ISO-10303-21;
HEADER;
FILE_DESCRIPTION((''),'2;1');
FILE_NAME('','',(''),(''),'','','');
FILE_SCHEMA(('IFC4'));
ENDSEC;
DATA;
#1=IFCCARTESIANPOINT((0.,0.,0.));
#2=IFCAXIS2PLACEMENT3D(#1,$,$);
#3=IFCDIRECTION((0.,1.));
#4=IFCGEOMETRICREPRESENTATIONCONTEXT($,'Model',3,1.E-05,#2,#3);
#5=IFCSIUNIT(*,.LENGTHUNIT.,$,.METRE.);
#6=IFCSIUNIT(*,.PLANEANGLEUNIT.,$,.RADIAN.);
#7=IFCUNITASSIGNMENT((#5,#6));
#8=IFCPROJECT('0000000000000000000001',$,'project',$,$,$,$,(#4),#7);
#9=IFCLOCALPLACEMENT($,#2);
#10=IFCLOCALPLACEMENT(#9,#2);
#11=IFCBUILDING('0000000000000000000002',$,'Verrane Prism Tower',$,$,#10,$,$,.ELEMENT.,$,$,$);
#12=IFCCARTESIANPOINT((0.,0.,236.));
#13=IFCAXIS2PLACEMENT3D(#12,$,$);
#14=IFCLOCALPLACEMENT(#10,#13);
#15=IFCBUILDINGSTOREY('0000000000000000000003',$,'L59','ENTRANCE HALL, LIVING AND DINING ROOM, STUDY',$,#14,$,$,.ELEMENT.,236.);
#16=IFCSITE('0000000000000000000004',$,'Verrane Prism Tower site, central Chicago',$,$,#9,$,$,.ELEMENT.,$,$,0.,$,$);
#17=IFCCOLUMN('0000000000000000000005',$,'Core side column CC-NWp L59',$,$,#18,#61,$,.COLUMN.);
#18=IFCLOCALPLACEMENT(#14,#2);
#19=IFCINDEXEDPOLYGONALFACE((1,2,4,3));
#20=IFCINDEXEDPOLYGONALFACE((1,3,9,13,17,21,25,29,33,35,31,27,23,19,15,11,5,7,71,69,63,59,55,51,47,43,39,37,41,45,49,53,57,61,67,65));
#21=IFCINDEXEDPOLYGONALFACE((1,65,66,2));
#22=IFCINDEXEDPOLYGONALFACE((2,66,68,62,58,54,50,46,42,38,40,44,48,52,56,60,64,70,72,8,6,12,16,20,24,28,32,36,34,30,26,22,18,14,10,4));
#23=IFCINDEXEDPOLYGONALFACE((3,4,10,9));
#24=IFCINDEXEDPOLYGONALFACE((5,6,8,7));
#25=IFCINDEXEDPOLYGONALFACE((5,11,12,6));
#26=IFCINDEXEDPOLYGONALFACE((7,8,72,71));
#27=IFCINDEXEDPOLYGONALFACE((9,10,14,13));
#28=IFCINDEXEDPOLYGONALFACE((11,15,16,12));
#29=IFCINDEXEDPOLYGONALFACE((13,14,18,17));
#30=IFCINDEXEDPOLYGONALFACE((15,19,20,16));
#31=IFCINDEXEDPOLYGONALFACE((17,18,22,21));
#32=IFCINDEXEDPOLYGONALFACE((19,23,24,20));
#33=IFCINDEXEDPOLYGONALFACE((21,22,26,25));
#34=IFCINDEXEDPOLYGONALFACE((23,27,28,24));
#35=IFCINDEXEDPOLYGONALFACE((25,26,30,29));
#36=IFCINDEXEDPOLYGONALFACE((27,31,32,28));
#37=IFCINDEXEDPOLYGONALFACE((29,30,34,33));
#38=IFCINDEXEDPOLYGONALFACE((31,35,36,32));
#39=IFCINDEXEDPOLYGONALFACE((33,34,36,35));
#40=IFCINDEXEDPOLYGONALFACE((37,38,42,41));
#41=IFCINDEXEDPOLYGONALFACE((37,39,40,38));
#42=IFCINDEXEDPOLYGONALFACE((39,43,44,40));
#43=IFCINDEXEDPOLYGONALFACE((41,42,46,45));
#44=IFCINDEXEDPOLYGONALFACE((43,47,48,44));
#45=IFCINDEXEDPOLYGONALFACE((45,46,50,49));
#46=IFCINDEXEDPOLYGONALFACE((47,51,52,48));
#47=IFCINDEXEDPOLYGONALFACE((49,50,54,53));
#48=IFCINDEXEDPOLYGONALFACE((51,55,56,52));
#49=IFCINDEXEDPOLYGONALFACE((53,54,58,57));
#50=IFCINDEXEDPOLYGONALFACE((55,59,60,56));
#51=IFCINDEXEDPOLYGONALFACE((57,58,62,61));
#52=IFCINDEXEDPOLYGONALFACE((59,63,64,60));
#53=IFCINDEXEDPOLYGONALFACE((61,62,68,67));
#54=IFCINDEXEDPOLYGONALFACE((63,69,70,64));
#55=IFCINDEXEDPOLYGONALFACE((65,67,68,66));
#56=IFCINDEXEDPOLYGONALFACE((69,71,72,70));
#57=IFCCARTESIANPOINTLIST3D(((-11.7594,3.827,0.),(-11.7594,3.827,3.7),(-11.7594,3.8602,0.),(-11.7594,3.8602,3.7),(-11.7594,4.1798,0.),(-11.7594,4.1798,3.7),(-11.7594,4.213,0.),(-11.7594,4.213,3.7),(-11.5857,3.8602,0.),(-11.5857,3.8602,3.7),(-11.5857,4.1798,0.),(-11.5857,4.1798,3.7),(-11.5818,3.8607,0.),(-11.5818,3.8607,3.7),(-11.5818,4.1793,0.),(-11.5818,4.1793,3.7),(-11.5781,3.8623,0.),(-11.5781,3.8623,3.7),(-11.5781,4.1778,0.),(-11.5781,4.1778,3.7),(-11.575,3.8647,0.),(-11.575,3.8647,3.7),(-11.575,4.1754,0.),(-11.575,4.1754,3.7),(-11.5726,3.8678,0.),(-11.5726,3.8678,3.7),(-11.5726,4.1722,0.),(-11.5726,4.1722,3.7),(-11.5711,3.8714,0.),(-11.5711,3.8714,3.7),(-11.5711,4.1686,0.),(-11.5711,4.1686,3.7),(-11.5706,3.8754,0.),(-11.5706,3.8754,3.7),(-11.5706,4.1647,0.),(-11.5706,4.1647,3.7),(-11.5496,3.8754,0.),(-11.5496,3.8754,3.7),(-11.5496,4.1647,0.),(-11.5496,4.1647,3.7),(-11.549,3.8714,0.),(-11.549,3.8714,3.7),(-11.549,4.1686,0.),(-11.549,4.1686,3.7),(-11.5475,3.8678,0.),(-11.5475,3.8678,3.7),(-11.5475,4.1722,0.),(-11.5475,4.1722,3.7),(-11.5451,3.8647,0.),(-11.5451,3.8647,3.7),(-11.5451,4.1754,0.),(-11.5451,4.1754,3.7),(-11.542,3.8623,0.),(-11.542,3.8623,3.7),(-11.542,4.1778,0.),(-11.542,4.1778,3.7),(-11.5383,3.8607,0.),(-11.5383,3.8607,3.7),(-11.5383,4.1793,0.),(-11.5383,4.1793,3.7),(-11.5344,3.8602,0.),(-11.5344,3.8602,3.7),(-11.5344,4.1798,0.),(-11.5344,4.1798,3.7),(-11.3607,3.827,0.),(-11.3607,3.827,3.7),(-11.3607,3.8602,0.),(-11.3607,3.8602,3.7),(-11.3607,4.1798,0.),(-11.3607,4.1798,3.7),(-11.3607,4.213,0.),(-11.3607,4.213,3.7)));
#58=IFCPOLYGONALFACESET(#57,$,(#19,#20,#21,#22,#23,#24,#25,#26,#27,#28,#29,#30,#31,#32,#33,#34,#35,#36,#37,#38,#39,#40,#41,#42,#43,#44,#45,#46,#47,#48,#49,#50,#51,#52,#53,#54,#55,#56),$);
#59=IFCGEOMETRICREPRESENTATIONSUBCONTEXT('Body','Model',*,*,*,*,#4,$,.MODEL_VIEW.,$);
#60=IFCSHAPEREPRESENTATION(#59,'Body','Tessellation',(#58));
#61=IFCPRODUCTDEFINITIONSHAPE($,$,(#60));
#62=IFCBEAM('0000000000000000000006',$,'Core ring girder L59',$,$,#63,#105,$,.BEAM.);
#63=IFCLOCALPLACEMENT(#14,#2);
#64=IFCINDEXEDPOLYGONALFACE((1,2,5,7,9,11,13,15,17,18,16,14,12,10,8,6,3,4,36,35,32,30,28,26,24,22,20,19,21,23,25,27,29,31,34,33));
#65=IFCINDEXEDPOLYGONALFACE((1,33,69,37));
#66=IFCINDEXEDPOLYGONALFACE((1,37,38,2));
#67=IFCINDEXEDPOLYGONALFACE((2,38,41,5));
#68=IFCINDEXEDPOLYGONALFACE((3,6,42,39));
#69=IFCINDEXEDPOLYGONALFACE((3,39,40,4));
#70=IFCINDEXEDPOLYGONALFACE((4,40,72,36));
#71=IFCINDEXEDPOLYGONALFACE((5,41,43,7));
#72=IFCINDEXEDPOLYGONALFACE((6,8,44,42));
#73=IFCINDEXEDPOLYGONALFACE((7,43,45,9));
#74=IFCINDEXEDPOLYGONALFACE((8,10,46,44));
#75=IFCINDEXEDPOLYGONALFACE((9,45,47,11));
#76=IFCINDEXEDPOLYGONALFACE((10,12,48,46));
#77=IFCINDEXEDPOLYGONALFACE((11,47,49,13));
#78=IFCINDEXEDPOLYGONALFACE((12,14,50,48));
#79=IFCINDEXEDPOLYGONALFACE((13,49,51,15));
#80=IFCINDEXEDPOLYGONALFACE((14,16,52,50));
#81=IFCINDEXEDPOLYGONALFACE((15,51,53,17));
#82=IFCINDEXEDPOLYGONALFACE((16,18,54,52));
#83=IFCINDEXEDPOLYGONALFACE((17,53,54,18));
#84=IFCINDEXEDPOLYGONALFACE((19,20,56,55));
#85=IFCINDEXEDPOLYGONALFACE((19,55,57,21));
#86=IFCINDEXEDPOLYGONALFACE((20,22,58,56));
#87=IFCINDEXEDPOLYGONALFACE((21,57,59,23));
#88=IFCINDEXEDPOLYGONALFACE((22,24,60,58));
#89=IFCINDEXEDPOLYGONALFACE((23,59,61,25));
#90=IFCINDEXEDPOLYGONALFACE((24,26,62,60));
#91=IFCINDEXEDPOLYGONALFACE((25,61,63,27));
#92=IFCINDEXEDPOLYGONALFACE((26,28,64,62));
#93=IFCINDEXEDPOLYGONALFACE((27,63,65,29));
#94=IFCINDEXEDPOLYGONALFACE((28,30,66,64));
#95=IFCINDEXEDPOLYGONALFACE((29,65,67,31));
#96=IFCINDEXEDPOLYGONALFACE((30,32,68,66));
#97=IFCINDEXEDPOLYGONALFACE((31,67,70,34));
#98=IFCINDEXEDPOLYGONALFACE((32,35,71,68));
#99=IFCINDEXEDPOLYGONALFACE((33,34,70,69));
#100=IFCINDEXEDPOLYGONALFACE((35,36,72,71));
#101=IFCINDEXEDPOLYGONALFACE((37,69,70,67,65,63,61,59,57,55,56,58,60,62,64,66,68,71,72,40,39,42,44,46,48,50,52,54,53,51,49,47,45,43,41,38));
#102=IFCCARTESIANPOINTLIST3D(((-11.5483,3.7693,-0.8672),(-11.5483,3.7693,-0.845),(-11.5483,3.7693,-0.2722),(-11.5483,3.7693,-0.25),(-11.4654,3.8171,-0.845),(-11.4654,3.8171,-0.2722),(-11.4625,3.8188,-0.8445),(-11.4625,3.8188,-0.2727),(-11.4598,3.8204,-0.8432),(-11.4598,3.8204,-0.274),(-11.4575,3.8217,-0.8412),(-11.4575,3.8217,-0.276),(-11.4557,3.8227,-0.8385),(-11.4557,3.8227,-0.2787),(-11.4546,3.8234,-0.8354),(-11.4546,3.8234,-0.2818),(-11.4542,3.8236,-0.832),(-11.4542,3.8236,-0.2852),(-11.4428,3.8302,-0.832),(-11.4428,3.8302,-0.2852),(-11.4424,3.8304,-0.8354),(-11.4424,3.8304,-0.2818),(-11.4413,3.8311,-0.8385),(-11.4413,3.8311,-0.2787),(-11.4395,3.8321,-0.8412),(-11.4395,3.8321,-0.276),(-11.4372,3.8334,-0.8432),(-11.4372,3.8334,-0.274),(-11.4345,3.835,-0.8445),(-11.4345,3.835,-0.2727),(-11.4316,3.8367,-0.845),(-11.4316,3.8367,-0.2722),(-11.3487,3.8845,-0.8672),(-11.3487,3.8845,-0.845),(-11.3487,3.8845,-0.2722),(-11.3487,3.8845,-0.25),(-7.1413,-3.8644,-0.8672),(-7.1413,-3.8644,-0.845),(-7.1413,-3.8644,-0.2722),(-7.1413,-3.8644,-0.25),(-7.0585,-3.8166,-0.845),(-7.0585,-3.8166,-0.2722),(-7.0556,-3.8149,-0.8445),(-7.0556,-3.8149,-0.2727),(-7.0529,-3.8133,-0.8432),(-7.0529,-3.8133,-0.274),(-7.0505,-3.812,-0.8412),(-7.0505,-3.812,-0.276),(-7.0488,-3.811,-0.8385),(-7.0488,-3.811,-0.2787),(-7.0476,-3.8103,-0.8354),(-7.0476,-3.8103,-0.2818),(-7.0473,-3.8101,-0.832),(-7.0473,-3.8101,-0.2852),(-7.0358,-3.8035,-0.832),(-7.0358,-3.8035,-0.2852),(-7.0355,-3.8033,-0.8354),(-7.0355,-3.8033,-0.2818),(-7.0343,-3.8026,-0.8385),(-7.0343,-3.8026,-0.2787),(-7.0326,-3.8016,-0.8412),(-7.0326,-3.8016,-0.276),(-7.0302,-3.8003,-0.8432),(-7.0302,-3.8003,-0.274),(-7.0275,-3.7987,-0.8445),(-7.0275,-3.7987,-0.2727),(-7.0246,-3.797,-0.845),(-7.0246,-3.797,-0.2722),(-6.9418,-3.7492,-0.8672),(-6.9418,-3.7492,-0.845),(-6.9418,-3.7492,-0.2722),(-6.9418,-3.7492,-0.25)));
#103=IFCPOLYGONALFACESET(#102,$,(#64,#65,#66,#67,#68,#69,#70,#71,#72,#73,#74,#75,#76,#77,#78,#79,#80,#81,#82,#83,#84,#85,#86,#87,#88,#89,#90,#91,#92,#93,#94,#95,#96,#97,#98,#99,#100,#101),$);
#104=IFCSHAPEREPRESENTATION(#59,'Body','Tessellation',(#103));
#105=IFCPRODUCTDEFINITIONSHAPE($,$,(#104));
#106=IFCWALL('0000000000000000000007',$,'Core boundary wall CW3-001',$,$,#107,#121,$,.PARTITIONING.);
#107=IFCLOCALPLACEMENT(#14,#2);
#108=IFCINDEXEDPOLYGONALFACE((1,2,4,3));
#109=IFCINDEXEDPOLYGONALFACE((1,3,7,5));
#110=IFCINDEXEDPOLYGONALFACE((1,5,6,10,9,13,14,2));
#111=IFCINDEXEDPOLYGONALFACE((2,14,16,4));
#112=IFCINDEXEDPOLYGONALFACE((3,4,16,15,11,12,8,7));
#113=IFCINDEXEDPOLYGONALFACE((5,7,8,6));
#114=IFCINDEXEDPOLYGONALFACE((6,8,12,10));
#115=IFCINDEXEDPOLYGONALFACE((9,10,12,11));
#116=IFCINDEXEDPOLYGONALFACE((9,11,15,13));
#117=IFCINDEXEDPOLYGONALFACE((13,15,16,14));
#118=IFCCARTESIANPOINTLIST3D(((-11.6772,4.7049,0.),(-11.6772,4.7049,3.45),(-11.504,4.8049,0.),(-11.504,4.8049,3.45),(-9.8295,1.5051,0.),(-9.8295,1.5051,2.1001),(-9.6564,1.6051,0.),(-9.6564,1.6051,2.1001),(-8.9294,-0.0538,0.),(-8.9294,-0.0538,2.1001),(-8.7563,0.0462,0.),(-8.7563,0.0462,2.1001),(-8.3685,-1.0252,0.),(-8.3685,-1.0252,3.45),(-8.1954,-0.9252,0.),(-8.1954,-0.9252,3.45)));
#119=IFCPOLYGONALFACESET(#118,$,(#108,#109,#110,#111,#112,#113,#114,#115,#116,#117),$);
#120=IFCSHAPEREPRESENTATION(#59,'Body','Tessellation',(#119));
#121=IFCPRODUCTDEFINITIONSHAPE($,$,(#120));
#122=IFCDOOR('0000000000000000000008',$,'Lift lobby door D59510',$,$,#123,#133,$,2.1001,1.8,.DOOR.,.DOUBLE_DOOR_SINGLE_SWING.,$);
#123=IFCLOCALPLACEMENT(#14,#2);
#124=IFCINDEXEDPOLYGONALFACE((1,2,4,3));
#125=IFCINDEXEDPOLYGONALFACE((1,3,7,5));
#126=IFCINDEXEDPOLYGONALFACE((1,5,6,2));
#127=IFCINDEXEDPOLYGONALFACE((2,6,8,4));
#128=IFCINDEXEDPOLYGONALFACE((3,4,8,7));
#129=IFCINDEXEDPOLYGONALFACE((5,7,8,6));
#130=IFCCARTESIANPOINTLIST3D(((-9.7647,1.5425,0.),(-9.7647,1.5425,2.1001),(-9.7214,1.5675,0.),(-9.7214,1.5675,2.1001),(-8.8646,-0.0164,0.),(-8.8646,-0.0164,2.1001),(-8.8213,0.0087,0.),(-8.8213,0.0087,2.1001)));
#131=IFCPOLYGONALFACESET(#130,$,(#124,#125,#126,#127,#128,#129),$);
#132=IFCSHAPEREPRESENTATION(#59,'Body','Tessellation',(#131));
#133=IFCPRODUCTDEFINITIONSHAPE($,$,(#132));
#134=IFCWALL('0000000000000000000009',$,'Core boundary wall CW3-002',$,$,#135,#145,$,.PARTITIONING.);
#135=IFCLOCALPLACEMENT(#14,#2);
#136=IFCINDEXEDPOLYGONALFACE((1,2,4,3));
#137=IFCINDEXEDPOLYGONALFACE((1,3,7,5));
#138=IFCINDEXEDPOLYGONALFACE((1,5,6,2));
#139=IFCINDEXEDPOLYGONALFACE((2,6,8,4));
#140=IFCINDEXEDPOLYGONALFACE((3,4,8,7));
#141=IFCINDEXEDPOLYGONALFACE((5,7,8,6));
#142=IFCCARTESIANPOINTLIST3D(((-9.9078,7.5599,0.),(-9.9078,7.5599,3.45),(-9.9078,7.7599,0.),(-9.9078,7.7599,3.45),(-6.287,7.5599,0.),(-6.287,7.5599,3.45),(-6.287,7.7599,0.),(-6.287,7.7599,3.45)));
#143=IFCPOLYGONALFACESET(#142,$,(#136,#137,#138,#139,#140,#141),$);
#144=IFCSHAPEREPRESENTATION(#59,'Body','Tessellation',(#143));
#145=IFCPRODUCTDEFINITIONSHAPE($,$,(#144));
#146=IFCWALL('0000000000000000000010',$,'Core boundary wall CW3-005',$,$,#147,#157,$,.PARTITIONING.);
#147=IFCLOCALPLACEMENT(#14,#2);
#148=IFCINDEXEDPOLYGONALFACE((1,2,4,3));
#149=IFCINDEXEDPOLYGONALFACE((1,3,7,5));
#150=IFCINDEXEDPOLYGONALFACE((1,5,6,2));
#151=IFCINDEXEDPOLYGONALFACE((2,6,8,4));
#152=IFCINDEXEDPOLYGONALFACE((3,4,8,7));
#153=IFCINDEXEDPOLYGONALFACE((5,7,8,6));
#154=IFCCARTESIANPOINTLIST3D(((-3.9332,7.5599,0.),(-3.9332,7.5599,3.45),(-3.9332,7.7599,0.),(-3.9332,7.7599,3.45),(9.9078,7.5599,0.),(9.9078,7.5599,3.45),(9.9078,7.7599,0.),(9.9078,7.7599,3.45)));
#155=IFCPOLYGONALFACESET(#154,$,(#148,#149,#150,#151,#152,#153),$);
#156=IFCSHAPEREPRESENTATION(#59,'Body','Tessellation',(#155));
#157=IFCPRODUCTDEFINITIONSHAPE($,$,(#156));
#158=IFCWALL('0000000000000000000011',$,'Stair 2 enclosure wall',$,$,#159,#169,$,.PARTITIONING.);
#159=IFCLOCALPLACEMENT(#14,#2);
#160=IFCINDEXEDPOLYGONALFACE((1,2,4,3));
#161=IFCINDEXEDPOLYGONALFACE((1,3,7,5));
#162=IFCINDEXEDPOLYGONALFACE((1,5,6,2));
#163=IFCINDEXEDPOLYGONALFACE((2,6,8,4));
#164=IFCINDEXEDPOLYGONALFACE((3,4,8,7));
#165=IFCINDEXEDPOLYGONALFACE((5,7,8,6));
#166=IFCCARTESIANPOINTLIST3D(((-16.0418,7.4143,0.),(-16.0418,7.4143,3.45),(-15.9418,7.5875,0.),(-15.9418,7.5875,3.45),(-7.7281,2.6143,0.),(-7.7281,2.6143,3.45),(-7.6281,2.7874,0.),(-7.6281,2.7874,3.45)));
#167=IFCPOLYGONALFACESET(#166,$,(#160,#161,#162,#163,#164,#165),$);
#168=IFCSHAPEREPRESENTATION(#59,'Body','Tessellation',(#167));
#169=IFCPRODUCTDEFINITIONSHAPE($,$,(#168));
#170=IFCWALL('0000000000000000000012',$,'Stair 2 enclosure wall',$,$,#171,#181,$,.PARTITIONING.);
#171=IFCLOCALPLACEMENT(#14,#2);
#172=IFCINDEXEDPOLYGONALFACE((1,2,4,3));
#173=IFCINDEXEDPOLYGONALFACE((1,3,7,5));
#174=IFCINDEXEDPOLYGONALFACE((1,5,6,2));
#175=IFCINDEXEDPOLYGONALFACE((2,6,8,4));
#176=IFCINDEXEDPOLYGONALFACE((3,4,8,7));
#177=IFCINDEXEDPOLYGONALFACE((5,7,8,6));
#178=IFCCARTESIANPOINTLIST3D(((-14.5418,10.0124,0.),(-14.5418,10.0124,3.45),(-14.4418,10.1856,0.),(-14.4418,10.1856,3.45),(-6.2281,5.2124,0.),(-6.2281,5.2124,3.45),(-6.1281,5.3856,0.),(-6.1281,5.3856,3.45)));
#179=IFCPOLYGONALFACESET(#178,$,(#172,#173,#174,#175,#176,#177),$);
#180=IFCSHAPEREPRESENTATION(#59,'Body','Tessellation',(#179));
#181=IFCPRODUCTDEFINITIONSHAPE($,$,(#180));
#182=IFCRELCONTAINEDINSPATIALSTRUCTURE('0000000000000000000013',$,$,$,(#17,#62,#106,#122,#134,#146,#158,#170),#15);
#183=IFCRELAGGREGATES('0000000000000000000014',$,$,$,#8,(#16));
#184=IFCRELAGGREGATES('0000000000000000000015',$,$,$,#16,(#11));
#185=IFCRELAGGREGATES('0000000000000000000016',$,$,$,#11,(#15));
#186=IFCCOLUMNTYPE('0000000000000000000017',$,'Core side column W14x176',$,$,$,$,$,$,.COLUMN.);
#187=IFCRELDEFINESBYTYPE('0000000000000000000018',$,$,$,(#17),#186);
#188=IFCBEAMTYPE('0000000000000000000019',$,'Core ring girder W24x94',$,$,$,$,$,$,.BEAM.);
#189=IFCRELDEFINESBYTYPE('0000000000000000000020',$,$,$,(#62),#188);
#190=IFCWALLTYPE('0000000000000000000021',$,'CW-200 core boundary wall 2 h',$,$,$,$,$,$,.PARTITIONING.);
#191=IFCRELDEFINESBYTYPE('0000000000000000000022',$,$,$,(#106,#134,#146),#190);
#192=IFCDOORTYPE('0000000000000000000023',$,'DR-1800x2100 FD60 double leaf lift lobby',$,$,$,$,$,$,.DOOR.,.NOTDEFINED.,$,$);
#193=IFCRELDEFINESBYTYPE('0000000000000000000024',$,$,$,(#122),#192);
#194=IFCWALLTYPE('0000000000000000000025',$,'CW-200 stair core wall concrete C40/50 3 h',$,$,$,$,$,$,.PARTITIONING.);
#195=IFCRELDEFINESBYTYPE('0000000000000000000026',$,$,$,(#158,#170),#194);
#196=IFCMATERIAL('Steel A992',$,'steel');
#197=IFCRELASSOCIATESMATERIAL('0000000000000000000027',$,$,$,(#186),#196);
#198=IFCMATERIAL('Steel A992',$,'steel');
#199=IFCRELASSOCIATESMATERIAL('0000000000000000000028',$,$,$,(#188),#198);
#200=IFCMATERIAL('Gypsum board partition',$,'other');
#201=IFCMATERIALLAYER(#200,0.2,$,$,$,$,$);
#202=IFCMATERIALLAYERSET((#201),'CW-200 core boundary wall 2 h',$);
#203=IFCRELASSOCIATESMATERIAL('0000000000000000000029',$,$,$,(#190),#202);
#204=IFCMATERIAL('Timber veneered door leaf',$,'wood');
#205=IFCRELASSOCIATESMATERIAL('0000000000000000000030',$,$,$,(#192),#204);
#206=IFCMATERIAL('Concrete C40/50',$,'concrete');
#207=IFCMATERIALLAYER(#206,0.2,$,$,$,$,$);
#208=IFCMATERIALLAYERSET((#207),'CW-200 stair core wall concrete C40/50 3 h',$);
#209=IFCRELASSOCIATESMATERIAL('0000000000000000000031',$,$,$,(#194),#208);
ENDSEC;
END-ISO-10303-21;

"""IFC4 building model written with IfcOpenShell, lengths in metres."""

from ifc_helpers import new_model, si_unit, direction, frame, frame_2d, origin, origin_2d, place, context, subcontext, project, spatial, rectangle, i_section, extrude, material, layer, layer_set, material_profile, profile_set, type_object, element, fill, save


model = new_model("IFC4")

# Units and contexts
model_context = context("Model", 3, precision=1e-05, world=origin(), true_north=direction((0.0, 1.0)))
body_context = subcontext(model_context, "Body", "Model", "MODEL_VIEW")
ifc_project = project(units=[si_unit("LENGTHUNIT", "METRE"), si_unit("PLANEANGLEUNIT", "RADIAN")], contexts=[model_context])

# Site, building, storey
site_placement = place(None, origin())
site = spatial("IfcSite", under=ifc_project, at=site_placement, Name="Verrane Prism Tower site, central Chicago", CompositionType="ELEMENT", RefElevation=0.0)
building_placement = place(site_placement, origin())
building = spatial("IfcBuilding", under=site, at=building_placement, Name="Verrane Prism Tower", CompositionType="ELEMENT")
storey_placement = place(building_placement, frame((0.0, 0.0, 236.0)))
storey = spatial("IfcBuildingStorey", under=building, at=storey_placement, Name="L59", Description="ENTRANCE HALL, LIVING AND DINING ROOM, STUDY", CompositionType="ELEMENT", Elevation=236.0)

# Column
ifc_material_1 = material(Name="Steel A992", Category="steel")
ifc_material_profile_1 = material_profile(ifc_material_1, i_section(OverallWidth=0.3987, OverallDepth=0.386, WebThickness=0.021, FlangeThickness=0.0332, FilletRadius=0.0151, at=origin_2d()), Name="W14x176")
ifc_profile_set_1 = profile_set([ifc_material_profile_1], Name="Steel A992")
column_type = type_object("IfcColumnType", Name="Core side column W14x176", PredefinedType="COLUMN", material=ifc_profile_set_1)
column_placement = place(storey_placement, frame((-11.5601, 4.02, 0.0), z_axis=(0.0, 0.0, 1.0), x_axis=(1.0, 0.0, 0.0)))
element("IfcColumn", 1, at=column_placement, inside=storey, type_object=column_type, Name="Core side column CC-NWp L59", PredefinedType="COLUMN", context=body_context, shape_type="SweptSolid", body=[
    extrude(i_section(OverallWidth=0.3987, OverallDepth=0.386, WebThickness=0.021, FlangeThickness=0.0332, FilletRadius=0.0151, at=origin_2d()), origin(), (0.0, 0.0, 1.0), 3.7),
])

# Beam
ifc_material_2 = material(Name="Steel A992", Category="steel")
ifc_material_profile_2 = material_profile(ifc_material_2, i_section(OverallWidth=0.2305, OverallDepth=0.6172, WebThickness=0.0132, FlangeThickness=0.0222, FilletRadius=0.0129, at=origin_2d()), Name="W24x94")
ifc_profile_set_2 = profile_set([ifc_material_profile_2], Name="Steel A992")
beam_type = type_object("IfcBeamType", Name="Core ring girder W24x94", PredefinedType="BEAM", material=ifc_profile_set_2)
beam_placement = place(storey_placement, frame((-11.4485, 3.8269, -0.5586), z_axis=(0.499967, -0.866044, 0.0), x_axis=(0.866044, 0.499967, 0.0)))
element("IfcBeam", 2, at=beam_placement, inside=storey, type_object=beam_type, Name="Core ring girder L59", PredefinedType="BEAM", context=body_context, shape_type="SweptSolid", body=[
    extrude(i_section(OverallWidth=0.2305, OverallDepth=0.6172, WebThickness=0.0132, FlangeThickness=0.0222, FilletRadius=0.0129, at=origin_2d()), origin(), (0.0, 0.0, 1.0), 8.8145),
])

# Wall, opening, door
ifc_material_3 = material(Name="Gypsum board partition", Category="other")
ifc_layer_1 = layer(ifc_material_3, 0.2)
ifc_layer_set_1 = layer_set([ifc_layer_1], Name="CW-200 core boundary wall 2 h")
wall_type_1 = type_object("IfcWallType", Name="CW-200 core boundary wall 2 h", PredefinedType="PARTITIONING", material=ifc_layer_set_1)
wall_1_placement = place(storey_placement, frame((-11.5906, 4.7549, 0.0), z_axis=(0.0, 0.0, 1.0), x_axis=(0.500044, -0.866, 0.0)))
wall_1 = element("IfcWall", 3, at=wall_1_placement, inside=storey, type_object=wall_type_1, Name="Core boundary wall CW3-001", PredefinedType="PARTITIONING", context=body_context, shape_type="SweptSolid", body=[
    extrude(rectangle(XDim=6.6167, YDim=0.2, at=frame_2d((3.3083, 0.0))), origin(), (0.0, 0.0, 1.0), 3.45),
])
opening_1_placement = place(wall_1_placement, frame((3.6951, 0.0, 0.0)))
opening_1 = element("IfcOpeningElement", 4, at=opening_1_placement, cuts=wall_1, PredefinedType="OPENING", context=body_context, shape_type="SweptSolid", body=[
    extrude(rectangle(XDim=1.8, YDim=2.1001, at=frame_2d((0.8999, 1.05))), frame((0.0, 0.1099, 0.0), z_axis=(0.0, -1.0, 0.0), x_axis=(1.0, 0.0, 0.0)), (0.0, 0.0, 1.0), 0.22),
])
ifc_material_4 = material(Name="Timber veneered door leaf", Category="wood")
door_type_1 = type_object("IfcDoorType", Name="DR-1800x2100 FD60 double leaf lift lobby", OperationType="NOTDEFINED", PredefinedType="DOOR", material=ifc_material_4)
door_1_placement = place(opening_1_placement, origin())
door_1 = element("IfcDoor", 5, at=door_1_placement, inside=storey, type_object=door_type_1, Name="Lift lobby door D59510", OperationType="DOUBLE_DOOR_SINGLE_SWING", OverallHeight=2.1001, OverallWidth=1.8, PredefinedType="DOOR", context=body_context, shape_type="SweptSolid", body=[
    extrude(rectangle(XDim=1.8, YDim=2.1001, at=frame_2d((0.8999, 1.05))), frame((0.0, 0.0249, 0.0), z_axis=(0.0, -1.0, 0.0), x_axis=(1.0, 0.0, 0.0)), (0.0, 0.0, 1.0), 0.05),
])
fill(opening_1, door_1)

# Walls
wall_2_placement = place(storey_placement, frame((-9.908, 7.6599, 0.0), z_axis=(0.0, 0.0, 1.0), x_axis=(1.0, 0.0, 0.0)))
element("IfcWall", 6, at=wall_2_placement, inside=storey, type_object=wall_type_1, Name="Core boundary wall CW3-002", PredefinedType="PARTITIONING", context=body_context, shape_type="SweptSolid", body=[
    extrude(rectangle(XDim=3.6208, YDim=0.2, at=frame_2d((1.8105, 0.0))), origin(), (0.0, 0.0, 1.0), 3.45),
])
wall_3_placement = place(storey_placement, frame((-3.9331, 7.6599, 0.0), z_axis=(0.0, 0.0, 1.0), x_axis=(1.0, 0.0, 0.0)))
element("IfcWall", 7, at=wall_3_placement, inside=storey, type_object=wall_type_1, Name="Core boundary wall CW3-005", PredefinedType="PARTITIONING", context=body_context, shape_type="SweptSolid", body=[
    extrude(rectangle(XDim=13.8411, YDim=0.2, at=frame_2d((6.9204, 0.0))), origin(), (0.0, 0.0, 1.0), 3.45),
])
ifc_material_5 = material(Name="Concrete C40/50", Category="concrete")
ifc_layer_2 = layer(ifc_material_5, 0.2)
ifc_layer_set_2 = layer_set([ifc_layer_2], Name="CW-200 stair core wall concrete C40/50 3 h")
wall_type_2 = type_object("IfcWallType", Name="CW-200 stair core wall concrete C40/50 3 h", PredefinedType="PARTITIONING", material=ifc_layer_set_2)
for number, where, z_axis, x_axis, name in (
    (8, (-7.6782, 2.7009, 0.0), (0.0, 0.0, 1.0), (-0.86602, 0.500009, 0.0), "Stair 2 enclosure wall"),
    (9, (-6.1782, 5.2991, 0.0), (0.0, 0.0, 1.0), (-0.86602, 0.500009, 0.0), "Stair 2 enclosure wall"),
):
    element("IfcWall", number, at=place(storey_placement, frame(where, z_axis=z_axis, x_axis=x_axis)), inside=storey, type_object=wall_type_2, Name=name, PredefinedType="PARTITIONING", context=body_context, shape_type="SweptSolid", body=[
        extrude(rectangle(XDim=9.5999, YDim=0.2, at=frame_2d((4.7998, 0.0))), origin(), (0.0, 0.0, 1.0), 3.45),
    ])

save(model, "model.ifc")
